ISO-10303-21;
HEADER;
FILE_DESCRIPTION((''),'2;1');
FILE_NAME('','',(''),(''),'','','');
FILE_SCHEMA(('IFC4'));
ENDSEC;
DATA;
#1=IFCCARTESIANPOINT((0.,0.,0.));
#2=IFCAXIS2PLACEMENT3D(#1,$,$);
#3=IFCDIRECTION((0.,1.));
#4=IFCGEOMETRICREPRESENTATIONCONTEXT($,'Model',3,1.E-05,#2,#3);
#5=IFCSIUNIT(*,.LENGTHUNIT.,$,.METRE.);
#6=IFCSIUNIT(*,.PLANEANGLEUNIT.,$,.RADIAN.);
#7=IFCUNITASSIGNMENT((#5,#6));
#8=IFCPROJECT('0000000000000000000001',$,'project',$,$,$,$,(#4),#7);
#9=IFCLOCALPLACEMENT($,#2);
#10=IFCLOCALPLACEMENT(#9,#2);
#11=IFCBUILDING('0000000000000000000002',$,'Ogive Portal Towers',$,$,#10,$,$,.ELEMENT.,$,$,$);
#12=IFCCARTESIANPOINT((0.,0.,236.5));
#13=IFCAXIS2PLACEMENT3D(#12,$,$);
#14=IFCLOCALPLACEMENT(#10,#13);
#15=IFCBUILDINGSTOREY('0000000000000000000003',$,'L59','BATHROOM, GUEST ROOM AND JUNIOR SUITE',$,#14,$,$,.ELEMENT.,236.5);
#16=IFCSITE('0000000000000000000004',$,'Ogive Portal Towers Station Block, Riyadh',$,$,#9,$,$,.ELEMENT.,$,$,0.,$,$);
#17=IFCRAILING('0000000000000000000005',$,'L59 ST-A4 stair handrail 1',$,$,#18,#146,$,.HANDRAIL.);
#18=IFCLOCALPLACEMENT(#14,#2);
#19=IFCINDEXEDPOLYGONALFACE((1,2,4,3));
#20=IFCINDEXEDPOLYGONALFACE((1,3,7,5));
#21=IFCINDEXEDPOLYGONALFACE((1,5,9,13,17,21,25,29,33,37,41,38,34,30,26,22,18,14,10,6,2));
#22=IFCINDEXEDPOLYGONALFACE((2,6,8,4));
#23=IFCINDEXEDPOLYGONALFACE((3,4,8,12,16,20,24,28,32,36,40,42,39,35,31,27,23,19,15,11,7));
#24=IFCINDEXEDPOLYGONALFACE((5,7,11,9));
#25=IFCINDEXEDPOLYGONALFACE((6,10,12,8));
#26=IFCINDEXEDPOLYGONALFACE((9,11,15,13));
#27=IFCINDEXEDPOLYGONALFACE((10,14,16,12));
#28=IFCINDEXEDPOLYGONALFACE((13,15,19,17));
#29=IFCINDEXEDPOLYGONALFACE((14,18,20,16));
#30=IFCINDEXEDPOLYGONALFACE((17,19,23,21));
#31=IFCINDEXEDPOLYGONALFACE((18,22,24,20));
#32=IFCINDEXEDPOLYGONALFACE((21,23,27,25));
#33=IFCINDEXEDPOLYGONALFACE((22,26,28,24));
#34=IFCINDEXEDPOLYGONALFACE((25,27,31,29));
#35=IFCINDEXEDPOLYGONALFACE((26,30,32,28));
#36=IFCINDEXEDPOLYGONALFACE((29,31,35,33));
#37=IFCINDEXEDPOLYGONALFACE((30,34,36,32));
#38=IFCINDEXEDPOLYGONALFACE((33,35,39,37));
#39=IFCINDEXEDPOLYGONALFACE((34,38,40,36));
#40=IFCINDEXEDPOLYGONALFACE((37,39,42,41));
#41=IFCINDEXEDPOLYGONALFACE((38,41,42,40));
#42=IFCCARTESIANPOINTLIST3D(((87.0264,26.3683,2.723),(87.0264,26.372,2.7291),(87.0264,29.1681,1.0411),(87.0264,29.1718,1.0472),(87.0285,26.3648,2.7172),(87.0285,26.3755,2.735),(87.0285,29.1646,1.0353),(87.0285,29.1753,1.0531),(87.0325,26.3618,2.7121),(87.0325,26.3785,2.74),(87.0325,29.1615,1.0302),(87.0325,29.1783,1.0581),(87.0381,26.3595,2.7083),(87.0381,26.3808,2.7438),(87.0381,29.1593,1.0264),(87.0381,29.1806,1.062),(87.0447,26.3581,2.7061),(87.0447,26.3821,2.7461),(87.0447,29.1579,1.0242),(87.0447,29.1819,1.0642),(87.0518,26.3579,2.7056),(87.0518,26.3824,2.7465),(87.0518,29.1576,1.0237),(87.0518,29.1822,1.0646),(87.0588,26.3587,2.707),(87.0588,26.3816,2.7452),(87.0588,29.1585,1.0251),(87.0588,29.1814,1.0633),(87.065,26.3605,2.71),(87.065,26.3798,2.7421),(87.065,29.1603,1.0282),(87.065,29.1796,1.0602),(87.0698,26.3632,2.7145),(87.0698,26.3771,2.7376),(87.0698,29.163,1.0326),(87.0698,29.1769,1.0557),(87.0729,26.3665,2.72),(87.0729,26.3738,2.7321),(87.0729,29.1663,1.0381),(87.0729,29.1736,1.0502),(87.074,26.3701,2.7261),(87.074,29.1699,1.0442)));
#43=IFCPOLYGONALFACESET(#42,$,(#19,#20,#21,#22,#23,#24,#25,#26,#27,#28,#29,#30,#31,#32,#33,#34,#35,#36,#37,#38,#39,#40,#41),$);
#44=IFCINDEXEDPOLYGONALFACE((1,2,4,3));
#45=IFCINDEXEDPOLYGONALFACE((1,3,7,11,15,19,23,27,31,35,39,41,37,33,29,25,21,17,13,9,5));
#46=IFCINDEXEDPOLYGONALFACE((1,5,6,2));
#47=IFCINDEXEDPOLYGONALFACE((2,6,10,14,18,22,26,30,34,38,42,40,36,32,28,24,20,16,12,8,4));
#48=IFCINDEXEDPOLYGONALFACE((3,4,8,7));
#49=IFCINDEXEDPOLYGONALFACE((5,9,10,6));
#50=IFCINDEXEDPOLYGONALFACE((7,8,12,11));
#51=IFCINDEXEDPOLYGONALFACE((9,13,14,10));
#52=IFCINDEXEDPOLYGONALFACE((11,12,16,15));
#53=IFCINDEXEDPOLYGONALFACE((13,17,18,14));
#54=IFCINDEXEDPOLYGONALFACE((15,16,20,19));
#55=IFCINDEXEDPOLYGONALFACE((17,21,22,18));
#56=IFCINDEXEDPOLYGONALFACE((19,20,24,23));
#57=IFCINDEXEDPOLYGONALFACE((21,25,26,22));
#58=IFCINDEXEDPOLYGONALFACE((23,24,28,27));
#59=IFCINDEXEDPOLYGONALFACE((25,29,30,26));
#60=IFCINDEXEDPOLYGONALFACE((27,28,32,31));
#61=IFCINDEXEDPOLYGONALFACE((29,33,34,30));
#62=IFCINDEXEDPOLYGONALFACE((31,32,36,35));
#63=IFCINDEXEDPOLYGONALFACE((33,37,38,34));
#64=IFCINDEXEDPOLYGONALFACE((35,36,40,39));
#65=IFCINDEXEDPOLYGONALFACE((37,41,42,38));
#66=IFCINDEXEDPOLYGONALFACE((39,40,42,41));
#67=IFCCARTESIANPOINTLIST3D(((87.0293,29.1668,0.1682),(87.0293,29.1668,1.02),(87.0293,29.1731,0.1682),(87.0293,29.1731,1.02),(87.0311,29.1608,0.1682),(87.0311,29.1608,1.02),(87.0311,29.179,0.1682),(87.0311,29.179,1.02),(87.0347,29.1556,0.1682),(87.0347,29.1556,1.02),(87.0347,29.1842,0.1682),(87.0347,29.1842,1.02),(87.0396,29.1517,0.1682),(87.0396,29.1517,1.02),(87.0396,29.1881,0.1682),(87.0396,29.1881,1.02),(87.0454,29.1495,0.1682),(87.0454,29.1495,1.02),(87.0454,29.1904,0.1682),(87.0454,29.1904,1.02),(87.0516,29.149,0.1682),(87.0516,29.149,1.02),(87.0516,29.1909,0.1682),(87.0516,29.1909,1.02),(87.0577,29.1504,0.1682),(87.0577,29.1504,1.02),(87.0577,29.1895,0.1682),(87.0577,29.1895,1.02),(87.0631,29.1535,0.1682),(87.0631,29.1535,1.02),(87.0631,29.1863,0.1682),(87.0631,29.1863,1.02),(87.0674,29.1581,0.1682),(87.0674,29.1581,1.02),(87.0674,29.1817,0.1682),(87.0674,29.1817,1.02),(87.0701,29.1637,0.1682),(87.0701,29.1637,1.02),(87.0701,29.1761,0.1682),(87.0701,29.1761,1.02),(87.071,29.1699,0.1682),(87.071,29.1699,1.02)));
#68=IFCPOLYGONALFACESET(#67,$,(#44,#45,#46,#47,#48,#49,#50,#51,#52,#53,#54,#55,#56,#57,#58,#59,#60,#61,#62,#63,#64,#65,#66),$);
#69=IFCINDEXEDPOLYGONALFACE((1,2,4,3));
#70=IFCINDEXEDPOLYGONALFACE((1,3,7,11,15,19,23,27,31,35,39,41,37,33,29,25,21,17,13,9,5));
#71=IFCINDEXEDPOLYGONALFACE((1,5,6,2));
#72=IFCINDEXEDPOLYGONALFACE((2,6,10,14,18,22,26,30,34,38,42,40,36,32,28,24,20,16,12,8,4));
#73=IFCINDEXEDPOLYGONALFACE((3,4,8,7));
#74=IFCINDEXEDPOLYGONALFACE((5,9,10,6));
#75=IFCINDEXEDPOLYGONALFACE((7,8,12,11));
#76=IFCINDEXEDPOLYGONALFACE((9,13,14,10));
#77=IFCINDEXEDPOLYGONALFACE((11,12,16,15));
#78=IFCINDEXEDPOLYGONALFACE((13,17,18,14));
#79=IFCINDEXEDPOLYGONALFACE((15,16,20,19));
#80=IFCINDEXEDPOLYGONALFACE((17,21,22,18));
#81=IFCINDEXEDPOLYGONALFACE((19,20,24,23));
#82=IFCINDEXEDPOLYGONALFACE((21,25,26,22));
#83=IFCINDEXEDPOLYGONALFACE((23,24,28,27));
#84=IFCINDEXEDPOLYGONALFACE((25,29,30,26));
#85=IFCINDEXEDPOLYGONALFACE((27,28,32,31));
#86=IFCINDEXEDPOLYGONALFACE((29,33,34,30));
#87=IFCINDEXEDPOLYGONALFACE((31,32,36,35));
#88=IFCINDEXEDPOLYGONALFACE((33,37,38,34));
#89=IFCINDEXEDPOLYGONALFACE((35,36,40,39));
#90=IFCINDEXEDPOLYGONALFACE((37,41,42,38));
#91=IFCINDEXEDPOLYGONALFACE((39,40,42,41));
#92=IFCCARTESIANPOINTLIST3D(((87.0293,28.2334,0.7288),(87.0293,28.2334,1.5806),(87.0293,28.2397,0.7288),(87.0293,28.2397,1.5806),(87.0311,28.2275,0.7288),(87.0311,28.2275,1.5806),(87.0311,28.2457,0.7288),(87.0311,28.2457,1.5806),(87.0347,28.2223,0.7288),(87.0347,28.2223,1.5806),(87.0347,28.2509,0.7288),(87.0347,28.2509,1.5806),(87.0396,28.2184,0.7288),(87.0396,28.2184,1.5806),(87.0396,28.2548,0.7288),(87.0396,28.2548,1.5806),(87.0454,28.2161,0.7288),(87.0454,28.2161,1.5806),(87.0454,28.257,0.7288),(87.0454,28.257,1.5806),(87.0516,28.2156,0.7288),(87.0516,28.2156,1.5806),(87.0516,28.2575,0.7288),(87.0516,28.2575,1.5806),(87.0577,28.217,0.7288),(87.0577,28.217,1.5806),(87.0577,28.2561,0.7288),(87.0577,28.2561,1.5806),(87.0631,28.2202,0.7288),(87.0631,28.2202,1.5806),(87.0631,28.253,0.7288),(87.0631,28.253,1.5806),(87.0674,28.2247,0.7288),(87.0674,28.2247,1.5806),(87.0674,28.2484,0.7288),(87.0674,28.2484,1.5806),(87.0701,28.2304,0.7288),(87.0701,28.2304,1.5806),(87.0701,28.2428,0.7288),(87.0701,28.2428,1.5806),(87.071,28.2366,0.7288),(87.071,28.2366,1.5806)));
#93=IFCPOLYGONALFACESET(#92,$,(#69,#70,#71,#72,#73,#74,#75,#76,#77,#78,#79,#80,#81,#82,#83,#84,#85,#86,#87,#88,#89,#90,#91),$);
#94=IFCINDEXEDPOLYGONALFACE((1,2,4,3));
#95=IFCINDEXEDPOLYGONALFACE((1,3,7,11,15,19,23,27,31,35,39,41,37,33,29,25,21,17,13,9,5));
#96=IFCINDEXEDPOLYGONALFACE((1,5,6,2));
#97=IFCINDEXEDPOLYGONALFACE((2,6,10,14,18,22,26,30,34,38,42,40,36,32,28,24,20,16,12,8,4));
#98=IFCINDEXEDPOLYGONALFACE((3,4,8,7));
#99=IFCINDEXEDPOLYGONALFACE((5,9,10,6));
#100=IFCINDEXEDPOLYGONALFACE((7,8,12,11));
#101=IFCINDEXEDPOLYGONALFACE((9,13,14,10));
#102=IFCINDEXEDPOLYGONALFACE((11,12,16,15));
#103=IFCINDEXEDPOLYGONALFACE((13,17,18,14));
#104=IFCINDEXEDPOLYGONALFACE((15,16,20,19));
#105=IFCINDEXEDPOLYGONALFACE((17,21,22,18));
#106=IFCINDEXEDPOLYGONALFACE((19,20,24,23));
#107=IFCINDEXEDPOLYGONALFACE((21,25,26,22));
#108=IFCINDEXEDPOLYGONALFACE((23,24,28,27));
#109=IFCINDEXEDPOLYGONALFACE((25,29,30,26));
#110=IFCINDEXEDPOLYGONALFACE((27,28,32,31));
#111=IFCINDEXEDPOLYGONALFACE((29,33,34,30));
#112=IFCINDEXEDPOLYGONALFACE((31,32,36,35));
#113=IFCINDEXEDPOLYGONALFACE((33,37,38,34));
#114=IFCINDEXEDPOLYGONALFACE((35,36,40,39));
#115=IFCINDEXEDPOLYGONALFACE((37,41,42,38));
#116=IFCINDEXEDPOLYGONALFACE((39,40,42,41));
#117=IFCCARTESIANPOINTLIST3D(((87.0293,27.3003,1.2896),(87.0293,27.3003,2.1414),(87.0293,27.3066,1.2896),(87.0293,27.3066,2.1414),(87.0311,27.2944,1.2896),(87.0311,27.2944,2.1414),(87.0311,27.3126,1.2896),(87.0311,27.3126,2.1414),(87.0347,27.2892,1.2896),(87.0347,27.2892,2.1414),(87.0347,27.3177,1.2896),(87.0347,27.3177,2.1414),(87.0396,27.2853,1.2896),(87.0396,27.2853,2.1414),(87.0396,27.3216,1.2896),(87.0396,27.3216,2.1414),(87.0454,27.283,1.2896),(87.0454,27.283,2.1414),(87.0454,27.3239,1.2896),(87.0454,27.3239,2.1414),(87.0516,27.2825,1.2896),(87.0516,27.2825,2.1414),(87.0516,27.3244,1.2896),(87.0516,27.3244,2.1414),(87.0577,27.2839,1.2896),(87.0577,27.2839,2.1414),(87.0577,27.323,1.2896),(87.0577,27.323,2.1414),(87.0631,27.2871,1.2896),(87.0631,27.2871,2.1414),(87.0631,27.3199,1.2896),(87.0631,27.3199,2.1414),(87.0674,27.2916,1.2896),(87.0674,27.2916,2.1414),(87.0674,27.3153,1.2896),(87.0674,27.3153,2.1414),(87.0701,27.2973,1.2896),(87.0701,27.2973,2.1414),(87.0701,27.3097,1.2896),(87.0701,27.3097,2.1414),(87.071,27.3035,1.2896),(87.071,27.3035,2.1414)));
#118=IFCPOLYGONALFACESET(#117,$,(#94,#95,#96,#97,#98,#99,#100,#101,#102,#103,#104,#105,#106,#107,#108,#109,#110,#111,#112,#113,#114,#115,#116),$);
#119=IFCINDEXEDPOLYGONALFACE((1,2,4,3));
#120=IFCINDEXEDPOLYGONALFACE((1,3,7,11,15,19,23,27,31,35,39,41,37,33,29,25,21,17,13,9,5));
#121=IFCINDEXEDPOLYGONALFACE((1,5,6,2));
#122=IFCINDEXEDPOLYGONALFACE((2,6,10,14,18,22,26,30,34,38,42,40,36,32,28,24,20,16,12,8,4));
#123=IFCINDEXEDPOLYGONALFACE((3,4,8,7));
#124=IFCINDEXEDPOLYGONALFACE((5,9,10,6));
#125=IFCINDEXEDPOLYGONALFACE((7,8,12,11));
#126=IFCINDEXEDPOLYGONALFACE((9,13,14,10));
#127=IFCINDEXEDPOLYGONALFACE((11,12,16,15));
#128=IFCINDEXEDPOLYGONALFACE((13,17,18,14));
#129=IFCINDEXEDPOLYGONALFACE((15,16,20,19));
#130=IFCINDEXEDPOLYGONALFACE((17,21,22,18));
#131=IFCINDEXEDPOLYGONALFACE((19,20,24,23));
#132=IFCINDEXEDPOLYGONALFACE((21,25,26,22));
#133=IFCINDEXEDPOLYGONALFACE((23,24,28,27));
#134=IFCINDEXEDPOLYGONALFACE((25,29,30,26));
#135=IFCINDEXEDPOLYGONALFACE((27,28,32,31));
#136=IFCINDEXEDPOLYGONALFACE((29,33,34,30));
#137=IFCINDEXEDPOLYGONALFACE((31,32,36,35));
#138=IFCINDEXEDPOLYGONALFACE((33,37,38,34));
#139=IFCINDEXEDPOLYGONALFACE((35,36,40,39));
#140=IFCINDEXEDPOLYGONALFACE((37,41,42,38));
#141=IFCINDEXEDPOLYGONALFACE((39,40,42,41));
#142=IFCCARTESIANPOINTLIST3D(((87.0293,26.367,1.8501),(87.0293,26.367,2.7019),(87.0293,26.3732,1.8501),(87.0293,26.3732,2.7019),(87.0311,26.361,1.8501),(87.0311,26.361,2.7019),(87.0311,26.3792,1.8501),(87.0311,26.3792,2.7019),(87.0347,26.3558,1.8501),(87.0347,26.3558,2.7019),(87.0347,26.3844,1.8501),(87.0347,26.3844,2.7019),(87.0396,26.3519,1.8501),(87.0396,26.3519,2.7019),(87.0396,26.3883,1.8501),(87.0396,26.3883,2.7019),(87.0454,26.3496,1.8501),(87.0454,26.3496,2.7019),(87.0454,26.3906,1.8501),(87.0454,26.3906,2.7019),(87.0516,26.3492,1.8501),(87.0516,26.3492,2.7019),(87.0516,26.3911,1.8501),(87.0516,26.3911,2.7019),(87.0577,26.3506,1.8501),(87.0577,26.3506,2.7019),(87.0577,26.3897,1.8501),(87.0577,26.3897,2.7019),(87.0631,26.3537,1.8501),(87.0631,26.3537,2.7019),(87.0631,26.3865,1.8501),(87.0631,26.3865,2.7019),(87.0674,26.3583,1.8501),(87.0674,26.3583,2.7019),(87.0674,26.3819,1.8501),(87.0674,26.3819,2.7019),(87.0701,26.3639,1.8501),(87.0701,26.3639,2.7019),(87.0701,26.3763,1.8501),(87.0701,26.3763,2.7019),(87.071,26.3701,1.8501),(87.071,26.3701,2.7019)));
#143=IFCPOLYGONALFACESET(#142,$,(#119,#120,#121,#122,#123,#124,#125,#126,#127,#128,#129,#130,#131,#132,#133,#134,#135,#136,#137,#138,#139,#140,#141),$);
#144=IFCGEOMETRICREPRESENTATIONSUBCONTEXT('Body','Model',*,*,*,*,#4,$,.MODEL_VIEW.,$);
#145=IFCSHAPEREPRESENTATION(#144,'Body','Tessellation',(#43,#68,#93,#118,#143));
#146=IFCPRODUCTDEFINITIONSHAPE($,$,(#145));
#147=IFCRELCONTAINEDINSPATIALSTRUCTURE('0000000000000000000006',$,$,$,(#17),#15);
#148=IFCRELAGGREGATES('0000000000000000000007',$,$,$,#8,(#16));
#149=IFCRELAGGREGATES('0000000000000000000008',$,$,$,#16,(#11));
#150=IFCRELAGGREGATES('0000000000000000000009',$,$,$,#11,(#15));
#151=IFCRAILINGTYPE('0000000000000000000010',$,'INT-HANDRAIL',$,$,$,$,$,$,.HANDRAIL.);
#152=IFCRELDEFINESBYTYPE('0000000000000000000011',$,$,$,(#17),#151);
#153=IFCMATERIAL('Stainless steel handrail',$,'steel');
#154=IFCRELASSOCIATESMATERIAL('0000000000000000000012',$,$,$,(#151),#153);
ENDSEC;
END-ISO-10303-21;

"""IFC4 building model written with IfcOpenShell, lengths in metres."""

from ifc_helpers import new_model, si_unit, direction, frame, origin, origin_2d, place, context, subcontext, project, spatial, circle, extrude, material, type_object, element, save


model = new_model("IFC4")

# Units and contexts
model_context = context("Model", 3, precision=1e-05, world=origin(), true_north=direction((0.0, 1.0)))
body_context = subcontext(model_context, "Body", "Model", "MODEL_VIEW")
ifc_project = project(units=[si_unit("LENGTHUNIT", "METRE"), si_unit("PLANEANGLEUNIT", "RADIAN")], contexts=[model_context])

# Site, building, storey
site_placement = place(None, origin())
site = spatial("IfcSite", under=ifc_project, at=site_placement, Name="Ogive Portal Towers Station Block, Riyadh", CompositionType="ELEMENT", RefElevation=0.0)
building_placement = place(site_placement, origin())
building = spatial("IfcBuilding", under=site, at=building_placement, Name="Ogive Portal Towers", CompositionType="ELEMENT")
storey_placement = place(building_placement, frame((0.0, 0.0, 236.5)))
storey = spatial("IfcBuildingStorey", under=building, at=storey_placement, Name="L59", Description="BATHROOM, GUEST ROOM AND JUNIOR SUITE", CompositionType="ELEMENT", Elevation=236.5)

# Railing
ifc_material_1 = material(Name="Stainless steel handrail", Category="steel")
railing_type_1 = type_object("IfcRailingType", Name="INT-HANDRAIL", PredefinedType="HANDRAIL", material=ifc_material_1)
railing_1_placement = place(storey_placement, frame((87.05, 29.1699, 0.1682)))
element("IfcRailing", 1, at=railing_1_placement, inside=storey, type_object=railing_type_1, Name="L59 ST-A4 stair handrail 1", PredefinedType="HANDRAIL", context=body_context, shape_type="SweptSolid", body=[
    extrude(circle(Radius=0.0239, at=origin_2d()), frame((0.0, 0.0, 0.876), z_axis=(0.0, -0.857222, 0.514946), x_axis=(1.0, 0.0, 0.0)), (0.0, 0.0, 1.0), 3.2661),
    extrude(circle(Radius=0.021, at=origin_2d()), origin(), (0.0, 0.0, 1.0), 0.8518),
    extrude(circle(Radius=0.021, at=origin_2d()), frame((0.0, -0.9333, 0.5605)), (0.0, 0.0, 1.0), 0.8518),
    extrude(circle(Radius=0.021, at=origin_2d()), frame((0.0, -1.8665, 1.1213)), (0.0, 0.0, 1.0), 0.8518),
    extrude(circle(Radius=0.021, at=origin_2d()), frame((0.0, -2.7998, 1.6819)), (0.0, 0.0, 1.0), 0.8518),
])

save(model, "model.ifc")
